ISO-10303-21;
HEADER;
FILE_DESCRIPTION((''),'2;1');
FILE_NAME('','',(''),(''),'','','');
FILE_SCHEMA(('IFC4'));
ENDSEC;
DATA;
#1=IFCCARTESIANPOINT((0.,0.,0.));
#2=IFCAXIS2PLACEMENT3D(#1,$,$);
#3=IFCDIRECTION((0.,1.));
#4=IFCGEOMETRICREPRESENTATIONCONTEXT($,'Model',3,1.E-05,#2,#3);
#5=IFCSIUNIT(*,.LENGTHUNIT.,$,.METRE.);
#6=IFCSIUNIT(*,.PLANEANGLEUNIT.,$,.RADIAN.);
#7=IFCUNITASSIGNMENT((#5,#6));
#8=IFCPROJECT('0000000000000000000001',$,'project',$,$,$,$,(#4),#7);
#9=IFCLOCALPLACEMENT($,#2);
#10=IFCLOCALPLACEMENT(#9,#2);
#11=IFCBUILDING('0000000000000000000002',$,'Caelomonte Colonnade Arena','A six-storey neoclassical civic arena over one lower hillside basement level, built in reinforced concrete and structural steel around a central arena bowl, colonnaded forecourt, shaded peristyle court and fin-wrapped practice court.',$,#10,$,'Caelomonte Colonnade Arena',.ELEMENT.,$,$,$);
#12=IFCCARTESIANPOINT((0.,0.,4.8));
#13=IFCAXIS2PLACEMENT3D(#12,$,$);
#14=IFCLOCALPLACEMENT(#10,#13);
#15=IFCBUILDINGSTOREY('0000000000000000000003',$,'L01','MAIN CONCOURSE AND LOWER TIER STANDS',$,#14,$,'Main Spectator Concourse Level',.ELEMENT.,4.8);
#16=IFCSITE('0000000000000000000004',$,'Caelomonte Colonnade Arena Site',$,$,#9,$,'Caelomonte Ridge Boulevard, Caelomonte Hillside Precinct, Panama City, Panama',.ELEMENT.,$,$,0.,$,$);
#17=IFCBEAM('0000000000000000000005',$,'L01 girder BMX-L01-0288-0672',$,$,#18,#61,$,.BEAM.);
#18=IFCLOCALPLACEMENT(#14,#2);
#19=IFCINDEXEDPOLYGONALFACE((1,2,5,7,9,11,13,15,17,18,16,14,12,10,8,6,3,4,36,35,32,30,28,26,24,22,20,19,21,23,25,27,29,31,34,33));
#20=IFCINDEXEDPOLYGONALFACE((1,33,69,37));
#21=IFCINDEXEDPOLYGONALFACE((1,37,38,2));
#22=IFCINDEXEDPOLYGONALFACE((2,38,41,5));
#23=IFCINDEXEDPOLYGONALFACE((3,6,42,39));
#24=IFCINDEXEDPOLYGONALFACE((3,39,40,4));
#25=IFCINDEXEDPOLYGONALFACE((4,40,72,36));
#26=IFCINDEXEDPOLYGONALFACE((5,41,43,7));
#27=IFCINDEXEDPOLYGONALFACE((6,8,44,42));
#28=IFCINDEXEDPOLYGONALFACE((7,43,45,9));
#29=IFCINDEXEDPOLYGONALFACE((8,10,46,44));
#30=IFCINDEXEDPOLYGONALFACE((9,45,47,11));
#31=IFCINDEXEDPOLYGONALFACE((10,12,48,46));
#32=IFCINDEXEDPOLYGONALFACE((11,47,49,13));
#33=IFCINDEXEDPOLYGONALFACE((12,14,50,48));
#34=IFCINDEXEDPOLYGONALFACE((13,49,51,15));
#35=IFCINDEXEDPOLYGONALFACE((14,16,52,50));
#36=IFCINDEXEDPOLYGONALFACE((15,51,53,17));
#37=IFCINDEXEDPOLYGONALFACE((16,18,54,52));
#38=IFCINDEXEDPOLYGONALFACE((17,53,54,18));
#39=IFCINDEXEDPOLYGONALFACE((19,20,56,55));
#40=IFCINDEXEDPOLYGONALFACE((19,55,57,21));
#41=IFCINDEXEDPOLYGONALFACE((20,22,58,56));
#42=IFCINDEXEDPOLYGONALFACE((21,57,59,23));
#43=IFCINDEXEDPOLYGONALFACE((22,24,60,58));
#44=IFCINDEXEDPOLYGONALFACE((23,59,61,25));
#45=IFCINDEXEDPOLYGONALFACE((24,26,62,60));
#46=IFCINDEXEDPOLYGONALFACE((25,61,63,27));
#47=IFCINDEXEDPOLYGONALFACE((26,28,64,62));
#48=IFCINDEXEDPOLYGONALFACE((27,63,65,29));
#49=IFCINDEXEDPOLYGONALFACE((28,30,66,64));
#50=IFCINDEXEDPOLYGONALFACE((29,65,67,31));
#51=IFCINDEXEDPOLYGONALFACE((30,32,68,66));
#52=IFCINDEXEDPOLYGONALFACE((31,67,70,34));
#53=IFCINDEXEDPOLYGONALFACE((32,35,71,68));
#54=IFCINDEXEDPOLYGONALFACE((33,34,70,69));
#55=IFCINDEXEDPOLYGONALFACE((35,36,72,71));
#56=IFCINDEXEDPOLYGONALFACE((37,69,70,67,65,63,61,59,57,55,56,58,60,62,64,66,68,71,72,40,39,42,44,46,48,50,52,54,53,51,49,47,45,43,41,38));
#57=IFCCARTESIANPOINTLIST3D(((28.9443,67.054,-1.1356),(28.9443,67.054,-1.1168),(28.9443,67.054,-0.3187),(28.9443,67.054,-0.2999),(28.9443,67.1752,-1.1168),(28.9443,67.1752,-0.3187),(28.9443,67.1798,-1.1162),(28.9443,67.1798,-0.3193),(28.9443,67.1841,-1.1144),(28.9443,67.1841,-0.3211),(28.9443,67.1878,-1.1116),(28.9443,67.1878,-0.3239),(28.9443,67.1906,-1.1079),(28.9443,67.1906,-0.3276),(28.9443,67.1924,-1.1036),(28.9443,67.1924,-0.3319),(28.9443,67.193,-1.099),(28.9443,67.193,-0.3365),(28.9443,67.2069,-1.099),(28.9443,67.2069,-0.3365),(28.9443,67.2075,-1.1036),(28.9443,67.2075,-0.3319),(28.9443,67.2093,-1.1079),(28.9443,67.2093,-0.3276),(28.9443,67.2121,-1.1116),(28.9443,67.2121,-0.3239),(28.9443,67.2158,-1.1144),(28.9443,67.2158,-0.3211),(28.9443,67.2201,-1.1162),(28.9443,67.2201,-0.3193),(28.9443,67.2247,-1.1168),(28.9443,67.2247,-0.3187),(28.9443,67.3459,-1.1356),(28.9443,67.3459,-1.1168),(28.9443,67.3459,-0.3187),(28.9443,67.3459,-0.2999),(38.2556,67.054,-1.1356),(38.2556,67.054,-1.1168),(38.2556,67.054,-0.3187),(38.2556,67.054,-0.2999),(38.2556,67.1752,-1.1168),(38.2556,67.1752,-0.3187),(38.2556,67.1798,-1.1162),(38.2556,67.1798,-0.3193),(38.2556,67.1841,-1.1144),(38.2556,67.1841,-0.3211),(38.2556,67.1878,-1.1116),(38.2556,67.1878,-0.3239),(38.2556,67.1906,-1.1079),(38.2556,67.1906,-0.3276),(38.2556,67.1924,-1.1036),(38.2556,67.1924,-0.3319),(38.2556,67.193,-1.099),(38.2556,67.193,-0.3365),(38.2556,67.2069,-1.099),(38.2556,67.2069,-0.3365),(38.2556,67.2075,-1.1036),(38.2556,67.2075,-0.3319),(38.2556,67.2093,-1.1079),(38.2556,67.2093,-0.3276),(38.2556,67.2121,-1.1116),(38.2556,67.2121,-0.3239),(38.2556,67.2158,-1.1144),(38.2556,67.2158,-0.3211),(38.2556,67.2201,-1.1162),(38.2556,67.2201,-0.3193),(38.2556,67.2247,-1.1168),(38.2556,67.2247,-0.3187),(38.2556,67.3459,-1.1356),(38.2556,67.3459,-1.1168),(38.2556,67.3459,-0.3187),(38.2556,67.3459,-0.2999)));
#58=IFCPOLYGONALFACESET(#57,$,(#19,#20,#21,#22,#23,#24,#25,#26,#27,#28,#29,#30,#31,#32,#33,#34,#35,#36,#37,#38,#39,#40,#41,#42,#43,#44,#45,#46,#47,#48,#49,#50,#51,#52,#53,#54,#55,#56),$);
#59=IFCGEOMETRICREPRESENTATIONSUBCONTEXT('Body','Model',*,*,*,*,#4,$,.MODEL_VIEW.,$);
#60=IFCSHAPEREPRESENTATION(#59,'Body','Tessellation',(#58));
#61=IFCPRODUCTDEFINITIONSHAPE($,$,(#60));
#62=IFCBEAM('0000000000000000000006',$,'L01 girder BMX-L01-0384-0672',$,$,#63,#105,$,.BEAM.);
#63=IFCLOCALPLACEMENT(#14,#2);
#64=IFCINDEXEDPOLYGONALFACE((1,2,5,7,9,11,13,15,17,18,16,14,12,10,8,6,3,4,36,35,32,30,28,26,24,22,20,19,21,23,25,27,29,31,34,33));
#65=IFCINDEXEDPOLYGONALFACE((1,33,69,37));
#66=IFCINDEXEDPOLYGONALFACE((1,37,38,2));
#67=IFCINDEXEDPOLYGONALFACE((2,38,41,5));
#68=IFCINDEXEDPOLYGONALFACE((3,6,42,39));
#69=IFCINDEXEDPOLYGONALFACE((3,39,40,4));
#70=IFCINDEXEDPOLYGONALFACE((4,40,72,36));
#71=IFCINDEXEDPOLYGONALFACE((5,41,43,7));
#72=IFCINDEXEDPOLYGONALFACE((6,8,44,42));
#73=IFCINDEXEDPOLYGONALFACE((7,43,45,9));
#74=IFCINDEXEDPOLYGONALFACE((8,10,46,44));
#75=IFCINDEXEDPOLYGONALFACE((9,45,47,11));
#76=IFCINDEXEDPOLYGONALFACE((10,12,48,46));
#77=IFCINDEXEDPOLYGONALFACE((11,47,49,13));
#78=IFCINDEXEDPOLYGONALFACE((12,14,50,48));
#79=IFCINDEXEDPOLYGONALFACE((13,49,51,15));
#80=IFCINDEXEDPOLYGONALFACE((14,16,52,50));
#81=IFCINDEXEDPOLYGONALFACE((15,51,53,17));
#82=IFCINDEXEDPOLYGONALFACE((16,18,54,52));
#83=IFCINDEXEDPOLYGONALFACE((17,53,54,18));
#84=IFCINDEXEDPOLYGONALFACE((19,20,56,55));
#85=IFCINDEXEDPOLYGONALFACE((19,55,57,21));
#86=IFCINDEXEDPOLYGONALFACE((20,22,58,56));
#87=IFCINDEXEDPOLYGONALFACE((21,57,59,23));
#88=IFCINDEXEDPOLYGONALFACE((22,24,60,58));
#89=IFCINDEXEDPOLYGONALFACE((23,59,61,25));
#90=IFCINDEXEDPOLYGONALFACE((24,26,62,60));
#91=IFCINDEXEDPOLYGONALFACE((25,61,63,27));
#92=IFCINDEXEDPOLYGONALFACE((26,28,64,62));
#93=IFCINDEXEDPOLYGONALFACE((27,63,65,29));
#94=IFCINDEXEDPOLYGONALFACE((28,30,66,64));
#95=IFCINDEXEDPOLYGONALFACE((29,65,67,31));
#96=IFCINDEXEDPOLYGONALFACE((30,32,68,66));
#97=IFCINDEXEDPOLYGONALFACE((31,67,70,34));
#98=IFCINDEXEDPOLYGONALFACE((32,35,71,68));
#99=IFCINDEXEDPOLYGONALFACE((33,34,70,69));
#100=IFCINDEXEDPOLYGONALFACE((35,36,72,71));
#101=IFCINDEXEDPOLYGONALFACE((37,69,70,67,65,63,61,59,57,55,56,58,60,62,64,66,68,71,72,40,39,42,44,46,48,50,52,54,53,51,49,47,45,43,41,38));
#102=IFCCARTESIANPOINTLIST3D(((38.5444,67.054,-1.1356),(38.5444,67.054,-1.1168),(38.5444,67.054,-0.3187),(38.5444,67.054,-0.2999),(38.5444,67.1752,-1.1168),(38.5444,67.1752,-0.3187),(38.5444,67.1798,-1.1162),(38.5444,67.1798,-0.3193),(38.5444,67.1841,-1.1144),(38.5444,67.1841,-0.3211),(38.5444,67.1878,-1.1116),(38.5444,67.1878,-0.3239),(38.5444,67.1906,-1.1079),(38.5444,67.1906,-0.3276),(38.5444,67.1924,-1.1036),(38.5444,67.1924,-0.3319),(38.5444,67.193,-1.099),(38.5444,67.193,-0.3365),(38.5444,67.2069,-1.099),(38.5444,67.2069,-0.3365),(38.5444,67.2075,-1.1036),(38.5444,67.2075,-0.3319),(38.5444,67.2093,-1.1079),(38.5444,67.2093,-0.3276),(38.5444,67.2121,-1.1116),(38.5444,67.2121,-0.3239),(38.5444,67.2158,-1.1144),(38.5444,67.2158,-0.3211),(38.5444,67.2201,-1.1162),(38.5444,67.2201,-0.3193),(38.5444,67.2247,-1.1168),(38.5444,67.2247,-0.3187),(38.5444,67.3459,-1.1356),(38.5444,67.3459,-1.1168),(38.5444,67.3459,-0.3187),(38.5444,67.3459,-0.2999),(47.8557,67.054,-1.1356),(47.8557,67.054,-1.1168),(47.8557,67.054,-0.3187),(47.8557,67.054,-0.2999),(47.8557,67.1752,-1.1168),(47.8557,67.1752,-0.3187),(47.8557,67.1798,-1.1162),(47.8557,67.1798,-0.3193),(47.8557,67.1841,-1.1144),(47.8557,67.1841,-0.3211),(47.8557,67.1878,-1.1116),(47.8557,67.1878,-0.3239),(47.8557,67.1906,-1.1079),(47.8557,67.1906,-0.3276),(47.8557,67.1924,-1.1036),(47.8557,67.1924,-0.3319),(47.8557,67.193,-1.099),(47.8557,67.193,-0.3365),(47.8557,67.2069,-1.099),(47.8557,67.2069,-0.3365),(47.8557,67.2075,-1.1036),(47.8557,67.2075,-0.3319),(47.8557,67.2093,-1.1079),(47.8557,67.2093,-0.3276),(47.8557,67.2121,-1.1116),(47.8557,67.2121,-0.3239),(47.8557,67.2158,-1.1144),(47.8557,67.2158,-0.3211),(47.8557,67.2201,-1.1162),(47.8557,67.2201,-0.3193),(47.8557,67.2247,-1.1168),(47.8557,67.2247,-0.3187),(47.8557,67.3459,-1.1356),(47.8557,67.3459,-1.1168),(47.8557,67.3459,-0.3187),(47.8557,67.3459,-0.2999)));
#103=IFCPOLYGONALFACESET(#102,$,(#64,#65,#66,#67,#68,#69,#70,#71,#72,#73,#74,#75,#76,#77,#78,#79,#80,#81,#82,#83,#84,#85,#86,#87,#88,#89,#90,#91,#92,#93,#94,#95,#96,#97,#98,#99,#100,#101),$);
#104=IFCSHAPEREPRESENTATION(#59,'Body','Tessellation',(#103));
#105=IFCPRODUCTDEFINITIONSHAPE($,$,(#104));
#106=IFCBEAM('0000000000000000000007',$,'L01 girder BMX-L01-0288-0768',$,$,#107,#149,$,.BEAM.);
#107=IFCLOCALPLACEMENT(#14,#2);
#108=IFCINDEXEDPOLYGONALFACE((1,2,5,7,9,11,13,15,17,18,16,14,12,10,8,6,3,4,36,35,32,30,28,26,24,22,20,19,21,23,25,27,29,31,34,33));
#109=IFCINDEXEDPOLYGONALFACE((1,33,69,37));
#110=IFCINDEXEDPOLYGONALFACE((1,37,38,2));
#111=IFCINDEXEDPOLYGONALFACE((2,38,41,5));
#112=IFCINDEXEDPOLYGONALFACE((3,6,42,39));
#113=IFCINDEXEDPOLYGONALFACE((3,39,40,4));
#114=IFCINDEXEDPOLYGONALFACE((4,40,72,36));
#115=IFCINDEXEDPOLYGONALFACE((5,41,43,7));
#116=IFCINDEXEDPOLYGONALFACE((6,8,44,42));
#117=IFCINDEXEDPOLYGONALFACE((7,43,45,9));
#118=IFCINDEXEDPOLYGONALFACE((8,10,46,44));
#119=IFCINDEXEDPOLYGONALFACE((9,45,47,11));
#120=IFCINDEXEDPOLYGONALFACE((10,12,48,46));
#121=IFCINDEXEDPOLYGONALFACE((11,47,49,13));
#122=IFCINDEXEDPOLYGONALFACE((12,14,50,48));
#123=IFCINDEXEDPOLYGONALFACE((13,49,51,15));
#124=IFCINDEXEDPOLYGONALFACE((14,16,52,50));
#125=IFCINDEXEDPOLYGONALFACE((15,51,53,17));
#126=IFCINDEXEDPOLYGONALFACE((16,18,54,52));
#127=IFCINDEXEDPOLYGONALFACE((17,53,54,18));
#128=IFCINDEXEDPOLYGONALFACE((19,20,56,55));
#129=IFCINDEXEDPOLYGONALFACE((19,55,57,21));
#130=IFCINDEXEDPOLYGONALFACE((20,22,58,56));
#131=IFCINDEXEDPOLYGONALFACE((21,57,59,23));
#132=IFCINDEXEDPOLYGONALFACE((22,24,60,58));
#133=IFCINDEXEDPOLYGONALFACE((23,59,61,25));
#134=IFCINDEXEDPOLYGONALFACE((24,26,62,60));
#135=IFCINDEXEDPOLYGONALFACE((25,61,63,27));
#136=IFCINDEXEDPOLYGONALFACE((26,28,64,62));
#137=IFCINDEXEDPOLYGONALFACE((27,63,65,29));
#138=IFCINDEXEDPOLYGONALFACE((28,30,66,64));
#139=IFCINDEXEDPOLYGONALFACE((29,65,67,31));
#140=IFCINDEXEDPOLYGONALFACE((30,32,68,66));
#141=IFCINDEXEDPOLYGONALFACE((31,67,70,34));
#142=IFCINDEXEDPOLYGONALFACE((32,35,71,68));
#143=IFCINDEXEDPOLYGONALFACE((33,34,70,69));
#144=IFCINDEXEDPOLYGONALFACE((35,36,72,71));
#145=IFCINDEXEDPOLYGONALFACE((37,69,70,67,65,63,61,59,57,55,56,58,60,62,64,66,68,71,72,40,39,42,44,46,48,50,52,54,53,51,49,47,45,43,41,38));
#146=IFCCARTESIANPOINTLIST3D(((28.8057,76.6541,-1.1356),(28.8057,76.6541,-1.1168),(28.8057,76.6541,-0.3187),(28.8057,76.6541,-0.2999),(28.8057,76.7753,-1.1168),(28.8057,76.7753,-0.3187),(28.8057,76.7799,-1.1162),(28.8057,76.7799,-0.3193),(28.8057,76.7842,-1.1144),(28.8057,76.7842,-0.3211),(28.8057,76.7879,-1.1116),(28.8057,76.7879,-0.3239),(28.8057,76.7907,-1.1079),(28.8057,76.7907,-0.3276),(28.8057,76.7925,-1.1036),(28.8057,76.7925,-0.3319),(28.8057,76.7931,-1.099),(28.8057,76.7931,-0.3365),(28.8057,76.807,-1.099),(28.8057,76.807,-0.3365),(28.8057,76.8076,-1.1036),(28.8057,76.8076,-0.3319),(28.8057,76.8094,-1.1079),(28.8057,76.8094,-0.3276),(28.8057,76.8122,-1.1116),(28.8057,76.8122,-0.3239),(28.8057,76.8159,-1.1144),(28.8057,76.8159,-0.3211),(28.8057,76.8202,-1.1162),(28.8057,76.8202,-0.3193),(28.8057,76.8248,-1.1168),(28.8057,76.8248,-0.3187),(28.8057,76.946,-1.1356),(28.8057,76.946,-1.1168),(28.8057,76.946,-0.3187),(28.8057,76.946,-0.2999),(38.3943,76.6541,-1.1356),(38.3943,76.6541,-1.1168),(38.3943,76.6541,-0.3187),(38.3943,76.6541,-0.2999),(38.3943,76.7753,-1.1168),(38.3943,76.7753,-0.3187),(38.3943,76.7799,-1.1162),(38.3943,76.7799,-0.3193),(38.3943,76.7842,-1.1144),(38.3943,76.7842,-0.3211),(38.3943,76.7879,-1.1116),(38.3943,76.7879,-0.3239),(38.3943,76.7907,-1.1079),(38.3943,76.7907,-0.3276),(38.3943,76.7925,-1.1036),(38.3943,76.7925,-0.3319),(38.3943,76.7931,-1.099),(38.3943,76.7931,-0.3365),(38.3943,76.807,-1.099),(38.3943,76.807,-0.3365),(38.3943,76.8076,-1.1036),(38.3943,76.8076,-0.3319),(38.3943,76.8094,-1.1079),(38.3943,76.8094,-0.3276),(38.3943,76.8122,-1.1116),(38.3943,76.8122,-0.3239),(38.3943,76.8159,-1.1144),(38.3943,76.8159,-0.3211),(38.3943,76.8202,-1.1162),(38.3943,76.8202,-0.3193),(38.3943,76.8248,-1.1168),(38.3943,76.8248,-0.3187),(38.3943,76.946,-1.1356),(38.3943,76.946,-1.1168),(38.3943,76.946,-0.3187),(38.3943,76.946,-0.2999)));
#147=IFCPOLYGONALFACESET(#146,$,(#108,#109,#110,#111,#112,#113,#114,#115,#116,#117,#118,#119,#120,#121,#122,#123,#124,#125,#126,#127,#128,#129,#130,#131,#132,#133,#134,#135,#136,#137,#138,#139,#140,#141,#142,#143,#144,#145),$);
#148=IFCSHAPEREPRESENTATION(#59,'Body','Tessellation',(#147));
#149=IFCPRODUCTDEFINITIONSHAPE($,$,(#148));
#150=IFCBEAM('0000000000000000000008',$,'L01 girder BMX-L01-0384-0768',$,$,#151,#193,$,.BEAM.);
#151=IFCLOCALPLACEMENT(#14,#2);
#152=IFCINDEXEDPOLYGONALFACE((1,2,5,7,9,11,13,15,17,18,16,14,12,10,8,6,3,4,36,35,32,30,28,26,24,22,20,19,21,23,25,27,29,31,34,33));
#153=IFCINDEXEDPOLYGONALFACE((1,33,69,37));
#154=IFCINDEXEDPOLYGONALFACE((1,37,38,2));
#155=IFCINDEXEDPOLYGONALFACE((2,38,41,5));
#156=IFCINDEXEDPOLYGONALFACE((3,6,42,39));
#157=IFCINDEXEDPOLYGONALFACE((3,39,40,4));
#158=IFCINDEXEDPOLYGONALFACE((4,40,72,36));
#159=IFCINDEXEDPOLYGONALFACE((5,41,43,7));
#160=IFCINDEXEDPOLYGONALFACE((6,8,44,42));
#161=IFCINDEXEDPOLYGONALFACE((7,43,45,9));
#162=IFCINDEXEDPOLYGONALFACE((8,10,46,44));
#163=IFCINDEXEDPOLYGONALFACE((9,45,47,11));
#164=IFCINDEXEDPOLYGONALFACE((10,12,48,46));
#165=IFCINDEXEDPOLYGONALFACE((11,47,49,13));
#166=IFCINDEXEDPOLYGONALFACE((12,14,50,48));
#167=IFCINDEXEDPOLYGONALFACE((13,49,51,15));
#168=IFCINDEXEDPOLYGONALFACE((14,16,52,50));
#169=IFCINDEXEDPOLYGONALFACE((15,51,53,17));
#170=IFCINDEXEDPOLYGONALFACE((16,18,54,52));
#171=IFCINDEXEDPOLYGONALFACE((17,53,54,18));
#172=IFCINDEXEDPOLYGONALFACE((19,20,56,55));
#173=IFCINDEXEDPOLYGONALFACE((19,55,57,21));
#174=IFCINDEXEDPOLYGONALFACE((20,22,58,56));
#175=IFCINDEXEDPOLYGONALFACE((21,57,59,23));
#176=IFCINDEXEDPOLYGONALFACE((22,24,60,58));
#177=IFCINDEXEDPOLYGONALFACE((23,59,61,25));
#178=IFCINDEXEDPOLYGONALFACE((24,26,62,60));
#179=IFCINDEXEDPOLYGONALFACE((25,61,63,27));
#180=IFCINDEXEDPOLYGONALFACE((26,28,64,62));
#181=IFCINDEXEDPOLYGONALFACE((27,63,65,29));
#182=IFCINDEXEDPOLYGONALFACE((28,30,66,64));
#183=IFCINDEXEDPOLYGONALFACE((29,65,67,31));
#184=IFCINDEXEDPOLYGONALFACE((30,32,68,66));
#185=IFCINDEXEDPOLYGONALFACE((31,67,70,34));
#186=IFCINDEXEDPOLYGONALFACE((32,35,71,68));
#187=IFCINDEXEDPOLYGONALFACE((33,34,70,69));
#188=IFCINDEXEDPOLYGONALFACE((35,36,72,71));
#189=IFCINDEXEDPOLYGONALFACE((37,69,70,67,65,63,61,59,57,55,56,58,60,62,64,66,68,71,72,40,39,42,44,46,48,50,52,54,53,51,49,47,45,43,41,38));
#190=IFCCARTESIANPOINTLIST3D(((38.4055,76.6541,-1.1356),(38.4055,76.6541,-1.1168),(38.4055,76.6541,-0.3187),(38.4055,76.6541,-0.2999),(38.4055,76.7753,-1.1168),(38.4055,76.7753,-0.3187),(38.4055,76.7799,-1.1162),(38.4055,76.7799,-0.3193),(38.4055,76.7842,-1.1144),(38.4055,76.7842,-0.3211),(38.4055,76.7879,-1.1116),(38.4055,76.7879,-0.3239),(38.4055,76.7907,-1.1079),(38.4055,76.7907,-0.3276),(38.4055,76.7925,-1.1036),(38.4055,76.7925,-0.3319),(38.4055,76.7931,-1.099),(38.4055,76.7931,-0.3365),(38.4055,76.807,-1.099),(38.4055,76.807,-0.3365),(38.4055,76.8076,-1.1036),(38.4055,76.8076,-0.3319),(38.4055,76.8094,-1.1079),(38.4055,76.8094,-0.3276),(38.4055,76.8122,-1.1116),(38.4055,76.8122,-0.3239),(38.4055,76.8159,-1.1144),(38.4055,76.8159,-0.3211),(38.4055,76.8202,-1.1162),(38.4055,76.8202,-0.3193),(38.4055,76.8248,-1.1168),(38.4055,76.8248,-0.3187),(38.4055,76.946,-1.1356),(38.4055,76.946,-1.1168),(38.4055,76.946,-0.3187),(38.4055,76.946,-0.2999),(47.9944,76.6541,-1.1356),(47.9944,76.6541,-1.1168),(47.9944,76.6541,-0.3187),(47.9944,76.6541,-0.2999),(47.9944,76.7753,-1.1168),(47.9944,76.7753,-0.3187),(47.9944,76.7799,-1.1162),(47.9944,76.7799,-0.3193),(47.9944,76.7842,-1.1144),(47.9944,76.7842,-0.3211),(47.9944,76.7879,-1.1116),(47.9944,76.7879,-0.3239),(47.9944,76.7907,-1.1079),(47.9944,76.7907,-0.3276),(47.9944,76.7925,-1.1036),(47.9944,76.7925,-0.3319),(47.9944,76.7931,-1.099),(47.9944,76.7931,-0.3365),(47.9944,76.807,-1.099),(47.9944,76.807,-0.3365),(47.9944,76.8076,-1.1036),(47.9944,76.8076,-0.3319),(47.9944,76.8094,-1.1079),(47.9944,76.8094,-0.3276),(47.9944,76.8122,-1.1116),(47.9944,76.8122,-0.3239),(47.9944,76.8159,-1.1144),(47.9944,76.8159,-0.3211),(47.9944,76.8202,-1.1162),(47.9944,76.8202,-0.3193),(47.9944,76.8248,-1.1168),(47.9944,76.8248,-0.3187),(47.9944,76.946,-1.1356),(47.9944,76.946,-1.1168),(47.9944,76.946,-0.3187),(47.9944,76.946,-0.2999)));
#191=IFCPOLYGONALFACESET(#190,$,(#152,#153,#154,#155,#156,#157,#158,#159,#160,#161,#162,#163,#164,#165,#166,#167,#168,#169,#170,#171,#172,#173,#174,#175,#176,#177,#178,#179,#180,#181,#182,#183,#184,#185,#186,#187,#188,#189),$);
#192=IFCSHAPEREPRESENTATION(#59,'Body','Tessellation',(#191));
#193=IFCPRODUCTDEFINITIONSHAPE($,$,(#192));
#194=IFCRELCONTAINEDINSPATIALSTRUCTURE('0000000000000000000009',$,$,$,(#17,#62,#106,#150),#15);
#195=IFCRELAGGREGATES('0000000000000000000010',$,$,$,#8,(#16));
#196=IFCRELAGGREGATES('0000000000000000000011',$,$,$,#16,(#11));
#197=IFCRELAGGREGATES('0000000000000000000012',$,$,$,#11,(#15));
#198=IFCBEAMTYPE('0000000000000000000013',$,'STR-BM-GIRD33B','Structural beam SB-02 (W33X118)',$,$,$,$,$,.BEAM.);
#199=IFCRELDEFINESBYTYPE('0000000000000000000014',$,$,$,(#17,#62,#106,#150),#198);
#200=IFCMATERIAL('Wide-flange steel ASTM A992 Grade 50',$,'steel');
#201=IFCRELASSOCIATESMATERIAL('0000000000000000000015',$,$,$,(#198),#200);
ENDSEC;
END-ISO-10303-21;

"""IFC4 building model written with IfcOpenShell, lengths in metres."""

from ifc_helpers import new_model, si_unit, direction, frame, origin, origin_2d, place, context, subcontext, project, spatial, i_section, extrude, material, material_profile, profile_set, type_object, element, save


model = new_model("IFC4")

# Units and contexts
model_context = context("Model", 3, precision=1e-05, world=origin(), true_north=direction((0.0, 1.0)))
body_context = subcontext(model_context, "Body", "Model", "MODEL_VIEW")
ifc_project = project(units=[si_unit("LENGTHUNIT", "METRE"), si_unit("PLANEANGLEUNIT", "RADIAN")], contexts=[model_context])

# Site, building, storey
site_placement = place(None, origin())
site = spatial("IfcSite", under=ifc_project, at=site_placement, Name="Caelomonte Colonnade Arena Site", LongName="Caelomonte Ridge Boulevard, Caelomonte Hillside Precinct, Panama City, Panama", CompositionType="ELEMENT", RefElevation=0.0)
building_placement = place(site_placement, origin())
building = spatial("IfcBuilding", under=site, at=building_placement, Name="Caelomonte Colonnade Arena", Description="A six-storey neoclassical civic arena over one lower hillside basement level, built in reinforced concrete and structural steel around a central arena bowl, colonnaded forecourt, shaded peristyle court and fin-wrapped practice court.", LongName="Caelomonte Colonnade Arena", CompositionType="ELEMENT")
storey_placement = place(building_placement, frame((0.0, 0.0, 4.8)))
storey = spatial("IfcBuildingStorey", under=building, at=storey_placement, Name="L01", Description="MAIN CONCOURSE AND LOWER TIER STANDS", LongName="Main Spectator Concourse Level", CompositionType="ELEMENT", Elevation=4.8)

# Shared definitions
ifc_material_1 = material(Name="Wide-flange steel ASTM A992 Grade 50", Category="steel")

# Beams
ifc_material_profile_1 = material_profile(ifc_material_1, i_section(OverallWidth=0.292, OverallDepth=0.8357, WebThickness=0.0139, FlangeThickness=0.0188, FilletRadius=0.0178, at=origin_2d()), Name="W33X118")
ifc_profile_set_1 = profile_set([ifc_material_profile_1], Name="Wide-flange steel ASTM A992 Grade 50")
beam_type_1 = type_object("IfcBeamType", Name="STR-BM-GIRD33B", Description="Structural beam SB-02 (W33X118)", PredefinedType="BEAM", material=ifc_profile_set_1)
for number, where, z_axis, x_axis, name in (
    (1, (28.9443, 67.2, -0.7178), (1.0, 0.0, 0.0), (0.0, 1.0, 0.0), "L01 girder BMX-L01-0288-0672"),
    (2, (38.5444, 67.2, -0.7178), (1.0, 0.0, 0.0), (0.0, 1.0, 0.0), "L01 girder BMX-L01-0384-0672"),
):
    element("IfcBeam", number, at=place(storey_placement, frame(where, z_axis=z_axis, x_axis=x_axis)), inside=storey, type_object=beam_type_1, Name=name, PredefinedType="BEAM", context=body_context, shape_type="SweptSolid", body=[
        extrude(i_section(OverallWidth=0.292, OverallDepth=0.8357, WebThickness=0.0139, FlangeThickness=0.0188, FilletRadius=0.0178, at=origin_2d()), origin(), (0.0, 0.0, 1.0), 9.3113),
    ])
beam_1_placement = place(storey_placement, frame((28.8057, 76.8, -0.7178), z_axis=(1.0, 0.0, 0.0), x_axis=(0.0, 1.0, 0.0)))
element("IfcBeam", 3, at=beam_1_placement, inside=storey, type_object=beam_type_1, Name="L01 girder BMX-L01-0288-0768", PredefinedType="BEAM", context=body_context, shape_type="SweptSolid", body=[
    extrude(i_section(OverallWidth=0.292, OverallDepth=0.8357, WebThickness=0.0139, FlangeThickness=0.0188, FilletRadius=0.0178, at=origin_2d()), origin(), (0.0, 0.0, 1.0), 9.5886),
])
beam_2_placement = place(storey_placement, frame((38.4055, 76.8, -0.7178), z_axis=(1.0, 0.0, 0.0), x_axis=(0.0, 1.0, 0.0)))
element("IfcBeam", 4, at=beam_2_placement, inside=storey, type_object=beam_type_1, Name="L01 girder BMX-L01-0384-0768", PredefinedType="BEAM", context=body_context, shape_type="SweptSolid", body=[
    extrude(i_section(OverallWidth=0.292, OverallDepth=0.8357, WebThickness=0.0139, FlangeThickness=0.0188, FilletRadius=0.0178, at=origin_2d()), origin(), (0.0, 0.0, 1.0), 9.5889),
])

save(model, "model.ifc")
